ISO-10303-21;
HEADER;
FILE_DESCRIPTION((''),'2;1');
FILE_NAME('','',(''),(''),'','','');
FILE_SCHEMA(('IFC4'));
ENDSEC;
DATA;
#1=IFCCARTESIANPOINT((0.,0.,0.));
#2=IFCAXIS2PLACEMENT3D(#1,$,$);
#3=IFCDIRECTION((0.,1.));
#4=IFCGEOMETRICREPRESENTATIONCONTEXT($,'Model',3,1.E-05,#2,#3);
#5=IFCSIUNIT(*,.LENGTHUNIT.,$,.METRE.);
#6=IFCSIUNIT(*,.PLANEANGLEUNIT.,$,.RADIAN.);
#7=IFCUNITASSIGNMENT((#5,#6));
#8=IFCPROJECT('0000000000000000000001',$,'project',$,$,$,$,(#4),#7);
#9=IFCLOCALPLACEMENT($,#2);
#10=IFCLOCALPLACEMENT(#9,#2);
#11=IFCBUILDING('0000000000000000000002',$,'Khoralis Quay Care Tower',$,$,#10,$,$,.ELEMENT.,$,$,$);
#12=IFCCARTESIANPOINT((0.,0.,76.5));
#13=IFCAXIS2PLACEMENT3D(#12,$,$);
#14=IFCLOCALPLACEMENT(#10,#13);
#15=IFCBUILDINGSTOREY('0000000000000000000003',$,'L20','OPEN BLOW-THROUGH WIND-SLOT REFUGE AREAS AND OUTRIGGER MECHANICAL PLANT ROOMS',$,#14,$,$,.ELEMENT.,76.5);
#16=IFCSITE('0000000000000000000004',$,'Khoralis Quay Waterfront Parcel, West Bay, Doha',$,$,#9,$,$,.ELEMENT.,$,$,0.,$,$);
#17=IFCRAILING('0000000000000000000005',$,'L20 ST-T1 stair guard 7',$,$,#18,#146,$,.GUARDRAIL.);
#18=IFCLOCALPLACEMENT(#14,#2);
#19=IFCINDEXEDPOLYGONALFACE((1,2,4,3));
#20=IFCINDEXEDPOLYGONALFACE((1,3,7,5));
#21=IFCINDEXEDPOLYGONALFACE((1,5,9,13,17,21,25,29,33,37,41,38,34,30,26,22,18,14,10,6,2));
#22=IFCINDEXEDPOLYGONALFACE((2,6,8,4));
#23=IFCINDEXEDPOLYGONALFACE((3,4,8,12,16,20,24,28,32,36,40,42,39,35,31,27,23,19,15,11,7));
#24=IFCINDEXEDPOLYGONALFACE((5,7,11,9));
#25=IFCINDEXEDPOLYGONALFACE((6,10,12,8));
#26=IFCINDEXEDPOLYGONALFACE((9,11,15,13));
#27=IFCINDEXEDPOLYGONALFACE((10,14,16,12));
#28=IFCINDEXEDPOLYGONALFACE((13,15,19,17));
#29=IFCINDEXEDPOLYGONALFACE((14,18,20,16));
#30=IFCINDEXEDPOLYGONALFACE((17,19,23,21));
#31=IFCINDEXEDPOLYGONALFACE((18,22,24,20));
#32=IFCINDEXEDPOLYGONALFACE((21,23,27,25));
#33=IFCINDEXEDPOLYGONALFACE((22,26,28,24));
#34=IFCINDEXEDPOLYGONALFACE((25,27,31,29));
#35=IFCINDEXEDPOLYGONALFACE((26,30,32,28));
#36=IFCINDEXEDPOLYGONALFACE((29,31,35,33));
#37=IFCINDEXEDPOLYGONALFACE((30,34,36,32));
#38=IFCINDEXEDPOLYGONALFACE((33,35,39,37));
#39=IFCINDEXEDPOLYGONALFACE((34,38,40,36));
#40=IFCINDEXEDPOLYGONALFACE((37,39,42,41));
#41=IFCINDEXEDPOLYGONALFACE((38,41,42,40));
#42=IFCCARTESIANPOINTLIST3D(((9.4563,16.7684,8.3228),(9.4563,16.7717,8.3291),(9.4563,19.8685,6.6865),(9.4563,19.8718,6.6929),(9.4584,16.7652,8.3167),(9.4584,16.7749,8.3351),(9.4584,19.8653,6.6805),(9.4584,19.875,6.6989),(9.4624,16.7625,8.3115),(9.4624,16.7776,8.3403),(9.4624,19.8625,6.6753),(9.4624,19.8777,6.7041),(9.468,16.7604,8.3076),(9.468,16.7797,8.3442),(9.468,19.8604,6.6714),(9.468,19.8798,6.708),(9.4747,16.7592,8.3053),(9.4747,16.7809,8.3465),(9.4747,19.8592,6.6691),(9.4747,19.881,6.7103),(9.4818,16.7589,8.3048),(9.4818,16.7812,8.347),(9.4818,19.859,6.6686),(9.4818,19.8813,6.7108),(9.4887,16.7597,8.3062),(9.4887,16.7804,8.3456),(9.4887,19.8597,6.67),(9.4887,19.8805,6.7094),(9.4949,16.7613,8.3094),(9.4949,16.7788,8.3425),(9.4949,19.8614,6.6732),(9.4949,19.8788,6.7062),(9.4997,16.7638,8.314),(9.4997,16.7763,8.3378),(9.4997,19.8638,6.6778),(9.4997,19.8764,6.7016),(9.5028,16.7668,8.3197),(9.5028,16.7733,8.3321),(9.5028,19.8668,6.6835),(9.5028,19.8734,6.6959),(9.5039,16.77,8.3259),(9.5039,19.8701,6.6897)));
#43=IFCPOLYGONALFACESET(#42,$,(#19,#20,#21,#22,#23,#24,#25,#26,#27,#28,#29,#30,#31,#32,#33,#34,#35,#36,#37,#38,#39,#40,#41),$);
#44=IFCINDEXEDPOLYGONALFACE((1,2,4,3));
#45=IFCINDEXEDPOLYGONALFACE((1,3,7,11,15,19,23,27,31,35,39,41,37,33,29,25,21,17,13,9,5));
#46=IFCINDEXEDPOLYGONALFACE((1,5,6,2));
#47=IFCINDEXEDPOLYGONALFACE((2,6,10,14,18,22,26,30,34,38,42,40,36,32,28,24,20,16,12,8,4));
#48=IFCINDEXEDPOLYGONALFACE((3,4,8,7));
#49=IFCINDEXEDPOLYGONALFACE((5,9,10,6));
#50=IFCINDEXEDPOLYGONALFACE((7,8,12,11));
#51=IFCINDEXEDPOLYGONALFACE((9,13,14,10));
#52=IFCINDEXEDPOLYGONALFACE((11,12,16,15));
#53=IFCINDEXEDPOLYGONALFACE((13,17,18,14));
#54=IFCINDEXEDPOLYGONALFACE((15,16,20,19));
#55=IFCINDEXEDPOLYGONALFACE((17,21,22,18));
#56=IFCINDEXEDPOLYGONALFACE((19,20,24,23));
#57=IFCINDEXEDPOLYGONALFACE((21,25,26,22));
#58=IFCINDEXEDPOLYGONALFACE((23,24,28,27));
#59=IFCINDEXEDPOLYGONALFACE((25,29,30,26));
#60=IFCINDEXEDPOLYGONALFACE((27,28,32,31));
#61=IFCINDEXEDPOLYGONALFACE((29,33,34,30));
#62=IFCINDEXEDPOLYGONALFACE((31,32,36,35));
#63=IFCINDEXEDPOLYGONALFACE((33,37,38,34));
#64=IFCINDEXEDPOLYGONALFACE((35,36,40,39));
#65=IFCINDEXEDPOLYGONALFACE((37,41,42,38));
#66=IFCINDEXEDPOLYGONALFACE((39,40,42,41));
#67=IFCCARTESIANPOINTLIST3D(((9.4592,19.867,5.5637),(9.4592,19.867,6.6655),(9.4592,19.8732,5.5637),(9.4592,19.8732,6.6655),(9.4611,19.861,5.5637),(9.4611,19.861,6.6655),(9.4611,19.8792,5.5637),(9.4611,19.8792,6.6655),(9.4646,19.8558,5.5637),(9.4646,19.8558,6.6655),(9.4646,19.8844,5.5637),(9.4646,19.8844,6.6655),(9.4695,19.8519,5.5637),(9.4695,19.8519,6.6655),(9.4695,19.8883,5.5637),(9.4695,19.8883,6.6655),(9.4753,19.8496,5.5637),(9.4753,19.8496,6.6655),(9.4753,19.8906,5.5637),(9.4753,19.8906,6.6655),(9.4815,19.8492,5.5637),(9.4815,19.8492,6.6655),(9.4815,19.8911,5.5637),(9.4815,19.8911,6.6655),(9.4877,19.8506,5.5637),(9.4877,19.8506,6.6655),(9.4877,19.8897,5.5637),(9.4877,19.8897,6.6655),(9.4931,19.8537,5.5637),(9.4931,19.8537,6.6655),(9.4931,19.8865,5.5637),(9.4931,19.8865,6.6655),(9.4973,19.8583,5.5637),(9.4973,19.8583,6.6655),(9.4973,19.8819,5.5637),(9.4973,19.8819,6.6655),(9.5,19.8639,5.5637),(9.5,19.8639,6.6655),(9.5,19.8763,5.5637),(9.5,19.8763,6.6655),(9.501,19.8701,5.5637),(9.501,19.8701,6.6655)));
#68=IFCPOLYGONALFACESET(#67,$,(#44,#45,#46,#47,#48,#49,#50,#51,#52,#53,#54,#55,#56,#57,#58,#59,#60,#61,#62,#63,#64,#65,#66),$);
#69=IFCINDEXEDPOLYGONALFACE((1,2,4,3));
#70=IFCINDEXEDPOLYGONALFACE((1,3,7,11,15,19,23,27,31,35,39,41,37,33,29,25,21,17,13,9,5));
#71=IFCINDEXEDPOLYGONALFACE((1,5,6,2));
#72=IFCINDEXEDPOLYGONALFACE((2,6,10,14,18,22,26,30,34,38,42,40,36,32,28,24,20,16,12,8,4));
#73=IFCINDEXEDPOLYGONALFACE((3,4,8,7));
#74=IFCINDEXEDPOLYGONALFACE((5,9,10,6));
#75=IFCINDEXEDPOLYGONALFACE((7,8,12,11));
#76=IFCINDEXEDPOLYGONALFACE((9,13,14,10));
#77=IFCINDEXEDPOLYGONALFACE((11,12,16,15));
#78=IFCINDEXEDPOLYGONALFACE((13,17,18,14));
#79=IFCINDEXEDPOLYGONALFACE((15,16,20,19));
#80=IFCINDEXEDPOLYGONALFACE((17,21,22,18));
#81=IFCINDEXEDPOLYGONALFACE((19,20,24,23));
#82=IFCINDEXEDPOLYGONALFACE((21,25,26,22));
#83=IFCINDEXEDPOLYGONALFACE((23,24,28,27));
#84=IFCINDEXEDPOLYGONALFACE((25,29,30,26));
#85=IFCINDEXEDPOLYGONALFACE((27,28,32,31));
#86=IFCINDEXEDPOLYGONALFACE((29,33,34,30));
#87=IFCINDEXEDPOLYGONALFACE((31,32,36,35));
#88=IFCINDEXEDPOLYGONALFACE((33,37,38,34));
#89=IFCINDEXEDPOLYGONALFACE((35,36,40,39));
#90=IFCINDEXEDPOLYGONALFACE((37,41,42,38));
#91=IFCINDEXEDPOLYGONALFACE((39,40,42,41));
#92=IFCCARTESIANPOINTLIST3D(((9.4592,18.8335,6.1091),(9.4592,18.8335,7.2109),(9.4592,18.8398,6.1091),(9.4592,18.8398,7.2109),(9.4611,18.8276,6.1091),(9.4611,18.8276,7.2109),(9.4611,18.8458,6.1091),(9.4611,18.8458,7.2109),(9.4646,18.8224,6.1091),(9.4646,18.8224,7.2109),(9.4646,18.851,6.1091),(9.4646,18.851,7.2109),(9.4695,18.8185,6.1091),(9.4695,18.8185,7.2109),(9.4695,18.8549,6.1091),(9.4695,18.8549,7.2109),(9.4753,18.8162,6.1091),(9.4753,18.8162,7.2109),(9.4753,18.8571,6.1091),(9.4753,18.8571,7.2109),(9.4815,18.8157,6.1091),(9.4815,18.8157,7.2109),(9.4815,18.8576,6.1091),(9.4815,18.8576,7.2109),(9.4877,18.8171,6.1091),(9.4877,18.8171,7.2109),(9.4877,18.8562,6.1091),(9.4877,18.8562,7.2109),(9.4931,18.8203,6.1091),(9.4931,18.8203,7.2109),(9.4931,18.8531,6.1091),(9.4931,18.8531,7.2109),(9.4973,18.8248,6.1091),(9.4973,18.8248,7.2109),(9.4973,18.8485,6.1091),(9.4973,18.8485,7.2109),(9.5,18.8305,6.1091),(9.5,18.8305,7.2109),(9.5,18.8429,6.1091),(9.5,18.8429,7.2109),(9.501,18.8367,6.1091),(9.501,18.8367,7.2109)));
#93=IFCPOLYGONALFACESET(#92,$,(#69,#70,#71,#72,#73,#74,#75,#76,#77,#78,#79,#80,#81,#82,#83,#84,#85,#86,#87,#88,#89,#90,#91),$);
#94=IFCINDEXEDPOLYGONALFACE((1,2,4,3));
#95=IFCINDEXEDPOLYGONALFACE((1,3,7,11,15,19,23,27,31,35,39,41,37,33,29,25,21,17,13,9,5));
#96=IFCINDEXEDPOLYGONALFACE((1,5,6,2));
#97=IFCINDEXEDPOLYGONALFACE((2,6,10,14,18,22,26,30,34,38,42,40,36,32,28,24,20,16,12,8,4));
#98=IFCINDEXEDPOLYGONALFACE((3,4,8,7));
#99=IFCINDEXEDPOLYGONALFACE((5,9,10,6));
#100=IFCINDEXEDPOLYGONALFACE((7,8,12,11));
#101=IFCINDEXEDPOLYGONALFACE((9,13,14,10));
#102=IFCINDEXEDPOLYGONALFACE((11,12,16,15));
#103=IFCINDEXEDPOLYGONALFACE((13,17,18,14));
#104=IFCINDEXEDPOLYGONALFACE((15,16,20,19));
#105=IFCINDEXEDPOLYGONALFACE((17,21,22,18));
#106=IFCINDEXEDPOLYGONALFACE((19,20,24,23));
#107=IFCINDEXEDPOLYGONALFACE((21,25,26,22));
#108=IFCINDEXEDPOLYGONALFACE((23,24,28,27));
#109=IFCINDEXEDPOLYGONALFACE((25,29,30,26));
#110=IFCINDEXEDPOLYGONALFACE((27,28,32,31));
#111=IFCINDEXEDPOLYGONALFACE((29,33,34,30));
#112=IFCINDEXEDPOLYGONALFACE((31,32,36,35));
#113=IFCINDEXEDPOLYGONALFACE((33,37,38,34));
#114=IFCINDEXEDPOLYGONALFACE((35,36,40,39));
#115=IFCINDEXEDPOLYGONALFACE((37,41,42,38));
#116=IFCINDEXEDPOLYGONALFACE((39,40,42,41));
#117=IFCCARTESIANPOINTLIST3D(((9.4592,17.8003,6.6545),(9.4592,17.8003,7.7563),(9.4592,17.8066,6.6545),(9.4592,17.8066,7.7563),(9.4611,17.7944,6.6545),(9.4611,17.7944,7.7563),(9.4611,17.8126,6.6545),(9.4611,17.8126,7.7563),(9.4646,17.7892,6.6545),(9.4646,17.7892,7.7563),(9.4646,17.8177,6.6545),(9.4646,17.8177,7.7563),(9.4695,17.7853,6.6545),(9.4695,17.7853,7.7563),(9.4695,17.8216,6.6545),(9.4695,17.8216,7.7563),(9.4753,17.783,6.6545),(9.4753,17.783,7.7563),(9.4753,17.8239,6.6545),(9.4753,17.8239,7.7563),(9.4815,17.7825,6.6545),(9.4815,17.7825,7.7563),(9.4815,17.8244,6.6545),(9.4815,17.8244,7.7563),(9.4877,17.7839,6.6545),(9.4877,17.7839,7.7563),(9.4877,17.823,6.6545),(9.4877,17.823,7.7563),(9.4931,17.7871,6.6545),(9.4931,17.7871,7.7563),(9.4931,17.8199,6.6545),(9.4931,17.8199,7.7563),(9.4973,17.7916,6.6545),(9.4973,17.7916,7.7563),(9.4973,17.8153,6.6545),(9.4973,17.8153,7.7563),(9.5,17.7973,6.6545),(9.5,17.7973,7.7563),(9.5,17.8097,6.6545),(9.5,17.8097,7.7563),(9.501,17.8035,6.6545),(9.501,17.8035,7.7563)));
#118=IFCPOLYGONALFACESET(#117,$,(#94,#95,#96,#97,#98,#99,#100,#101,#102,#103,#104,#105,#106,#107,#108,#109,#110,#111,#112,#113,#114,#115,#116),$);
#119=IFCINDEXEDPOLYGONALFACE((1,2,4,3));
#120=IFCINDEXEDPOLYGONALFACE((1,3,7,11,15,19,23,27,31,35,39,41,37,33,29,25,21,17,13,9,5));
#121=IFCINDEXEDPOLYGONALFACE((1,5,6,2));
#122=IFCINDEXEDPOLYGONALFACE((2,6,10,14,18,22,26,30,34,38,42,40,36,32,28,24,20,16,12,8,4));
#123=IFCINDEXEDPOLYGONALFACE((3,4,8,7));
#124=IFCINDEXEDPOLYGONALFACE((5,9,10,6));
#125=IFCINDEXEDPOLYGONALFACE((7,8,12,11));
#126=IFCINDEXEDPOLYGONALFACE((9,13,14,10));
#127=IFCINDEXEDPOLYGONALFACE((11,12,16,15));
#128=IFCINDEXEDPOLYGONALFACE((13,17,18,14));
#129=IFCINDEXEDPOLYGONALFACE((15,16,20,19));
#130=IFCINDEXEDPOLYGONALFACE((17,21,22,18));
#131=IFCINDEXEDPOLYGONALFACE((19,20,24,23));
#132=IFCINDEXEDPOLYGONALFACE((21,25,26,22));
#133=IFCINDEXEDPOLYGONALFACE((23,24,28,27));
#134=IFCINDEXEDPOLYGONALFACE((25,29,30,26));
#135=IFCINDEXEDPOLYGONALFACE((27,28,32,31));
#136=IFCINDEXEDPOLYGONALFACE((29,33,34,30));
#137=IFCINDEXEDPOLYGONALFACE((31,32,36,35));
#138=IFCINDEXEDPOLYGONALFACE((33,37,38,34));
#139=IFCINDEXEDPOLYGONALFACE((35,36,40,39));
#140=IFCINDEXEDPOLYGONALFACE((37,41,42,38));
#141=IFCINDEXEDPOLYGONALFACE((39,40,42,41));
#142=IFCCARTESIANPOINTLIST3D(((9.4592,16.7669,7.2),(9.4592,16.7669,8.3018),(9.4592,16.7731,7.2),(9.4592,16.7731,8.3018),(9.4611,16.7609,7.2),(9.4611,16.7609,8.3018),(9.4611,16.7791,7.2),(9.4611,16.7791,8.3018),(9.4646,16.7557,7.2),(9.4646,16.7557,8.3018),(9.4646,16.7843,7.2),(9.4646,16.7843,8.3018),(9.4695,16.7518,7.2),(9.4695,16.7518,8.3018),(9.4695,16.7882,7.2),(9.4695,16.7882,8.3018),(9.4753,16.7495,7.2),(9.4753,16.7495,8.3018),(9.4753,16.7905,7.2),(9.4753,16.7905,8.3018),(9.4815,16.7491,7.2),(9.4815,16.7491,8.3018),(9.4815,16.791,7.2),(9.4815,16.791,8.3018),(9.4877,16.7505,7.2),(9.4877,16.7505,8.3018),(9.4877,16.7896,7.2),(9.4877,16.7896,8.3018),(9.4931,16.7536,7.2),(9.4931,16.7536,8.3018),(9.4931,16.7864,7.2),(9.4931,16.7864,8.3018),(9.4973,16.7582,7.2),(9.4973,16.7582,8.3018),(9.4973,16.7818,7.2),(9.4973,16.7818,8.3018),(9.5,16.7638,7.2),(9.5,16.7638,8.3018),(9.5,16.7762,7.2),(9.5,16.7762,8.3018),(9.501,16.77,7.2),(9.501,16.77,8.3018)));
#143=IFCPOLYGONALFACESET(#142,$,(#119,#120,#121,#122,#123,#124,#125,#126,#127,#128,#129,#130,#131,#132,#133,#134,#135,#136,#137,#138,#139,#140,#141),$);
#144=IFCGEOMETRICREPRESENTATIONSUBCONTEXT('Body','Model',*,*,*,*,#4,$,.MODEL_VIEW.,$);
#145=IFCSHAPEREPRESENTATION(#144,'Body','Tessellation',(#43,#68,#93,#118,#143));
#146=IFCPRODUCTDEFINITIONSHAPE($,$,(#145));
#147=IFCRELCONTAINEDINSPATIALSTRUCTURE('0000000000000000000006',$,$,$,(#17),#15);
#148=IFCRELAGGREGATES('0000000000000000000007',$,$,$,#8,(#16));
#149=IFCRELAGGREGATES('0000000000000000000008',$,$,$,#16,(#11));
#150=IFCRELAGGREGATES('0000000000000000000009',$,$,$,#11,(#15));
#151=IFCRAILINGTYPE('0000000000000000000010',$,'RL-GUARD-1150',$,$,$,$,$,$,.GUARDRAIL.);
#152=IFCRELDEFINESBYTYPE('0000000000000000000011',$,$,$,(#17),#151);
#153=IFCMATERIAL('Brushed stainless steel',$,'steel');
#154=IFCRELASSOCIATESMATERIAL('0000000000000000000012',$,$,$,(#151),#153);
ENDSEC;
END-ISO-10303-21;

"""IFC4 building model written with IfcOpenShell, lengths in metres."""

from ifc_helpers import new_model, si_unit, direction, frame, origin, origin_2d, place, context, subcontext, project, spatial, circle, extrude, material, type_object, element, save


model = new_model("IFC4")

# Units and contexts
model_context = context("Model", 3, precision=1e-05, world=origin(), true_north=direction((0.0, 1.0)))
body_context = subcontext(model_context, "Body", "Model", "MODEL_VIEW")
ifc_project = project(units=[si_unit("LENGTHUNIT", "METRE"), si_unit("PLANEANGLEUNIT", "RADIAN")], contexts=[model_context])

# Site, building, storey
site_placement = place(None, origin())
site = spatial("IfcSite", under=ifc_project, at=site_placement, Name="Khoralis Quay Waterfront Parcel, West Bay, Doha", CompositionType="ELEMENT", RefElevation=0.0)
building_placement = place(site_placement, origin())
building = spatial("IfcBuilding", under=site, at=building_placement, Name="Khoralis Quay Care Tower", CompositionType="ELEMENT")
storey_placement = place(building_placement, frame((0.0, 0.0, 76.5)))
storey = spatial("IfcBuildingStorey", under=building, at=storey_placement, Name="L20", Description="OPEN BLOW-THROUGH WIND-SLOT REFUGE AREAS AND OUTRIGGER MECHANICAL PLANT ROOMS", CompositionType="ELEMENT", Elevation=76.5)

# Shared definitions
ifc_material_1 = material(Name="Brushed stainless steel", Category="steel")

# Railing
railing_type_1 = type_object("IfcRailingType", Name="RL-GUARD-1150", PredefinedType="GUARDRAIL", material=ifc_material_1)
railing_1_placement = place(storey_placement, frame((9.48, 19.8701, 5.5637)))
element("IfcRailing", 1, at=railing_1_placement, inside=storey, type_object=railing_type_1, Name="L20 ST-T1 stair guard 7", PredefinedType="GUARDRAIL", context=body_context, shape_type="SweptSolid", body=[
    extrude(circle(Radius=0.0239, at=origin_2d()), frame((0.0, 0.0, 1.126), z_axis=(0.0, -0.884377, 0.466774), x_axis=(1.0, 0.0, 0.0)), (0.0, 0.0, 1.0), 3.5054),
    extrude(circle(Radius=0.021, at=origin_2d()), origin(), (0.0, 0.0, 1.0), 1.1018),
    extrude(circle(Radius=0.021, at=origin_2d()), frame((0.0, -1.0334, 0.5454)), (0.0, 0.0, 1.0), 1.1018),
    extrude(circle(Radius=0.021, at=origin_2d()), frame((0.0, -2.0667, 1.0908)), (0.0, 0.0, 1.0), 1.1018),
    extrude(circle(Radius=0.021, at=origin_2d()), frame((0.0, -3.1001, 1.6362)), (0.0, 0.0, 1.0), 1.1018),
])

save(model, "model.ifc")
